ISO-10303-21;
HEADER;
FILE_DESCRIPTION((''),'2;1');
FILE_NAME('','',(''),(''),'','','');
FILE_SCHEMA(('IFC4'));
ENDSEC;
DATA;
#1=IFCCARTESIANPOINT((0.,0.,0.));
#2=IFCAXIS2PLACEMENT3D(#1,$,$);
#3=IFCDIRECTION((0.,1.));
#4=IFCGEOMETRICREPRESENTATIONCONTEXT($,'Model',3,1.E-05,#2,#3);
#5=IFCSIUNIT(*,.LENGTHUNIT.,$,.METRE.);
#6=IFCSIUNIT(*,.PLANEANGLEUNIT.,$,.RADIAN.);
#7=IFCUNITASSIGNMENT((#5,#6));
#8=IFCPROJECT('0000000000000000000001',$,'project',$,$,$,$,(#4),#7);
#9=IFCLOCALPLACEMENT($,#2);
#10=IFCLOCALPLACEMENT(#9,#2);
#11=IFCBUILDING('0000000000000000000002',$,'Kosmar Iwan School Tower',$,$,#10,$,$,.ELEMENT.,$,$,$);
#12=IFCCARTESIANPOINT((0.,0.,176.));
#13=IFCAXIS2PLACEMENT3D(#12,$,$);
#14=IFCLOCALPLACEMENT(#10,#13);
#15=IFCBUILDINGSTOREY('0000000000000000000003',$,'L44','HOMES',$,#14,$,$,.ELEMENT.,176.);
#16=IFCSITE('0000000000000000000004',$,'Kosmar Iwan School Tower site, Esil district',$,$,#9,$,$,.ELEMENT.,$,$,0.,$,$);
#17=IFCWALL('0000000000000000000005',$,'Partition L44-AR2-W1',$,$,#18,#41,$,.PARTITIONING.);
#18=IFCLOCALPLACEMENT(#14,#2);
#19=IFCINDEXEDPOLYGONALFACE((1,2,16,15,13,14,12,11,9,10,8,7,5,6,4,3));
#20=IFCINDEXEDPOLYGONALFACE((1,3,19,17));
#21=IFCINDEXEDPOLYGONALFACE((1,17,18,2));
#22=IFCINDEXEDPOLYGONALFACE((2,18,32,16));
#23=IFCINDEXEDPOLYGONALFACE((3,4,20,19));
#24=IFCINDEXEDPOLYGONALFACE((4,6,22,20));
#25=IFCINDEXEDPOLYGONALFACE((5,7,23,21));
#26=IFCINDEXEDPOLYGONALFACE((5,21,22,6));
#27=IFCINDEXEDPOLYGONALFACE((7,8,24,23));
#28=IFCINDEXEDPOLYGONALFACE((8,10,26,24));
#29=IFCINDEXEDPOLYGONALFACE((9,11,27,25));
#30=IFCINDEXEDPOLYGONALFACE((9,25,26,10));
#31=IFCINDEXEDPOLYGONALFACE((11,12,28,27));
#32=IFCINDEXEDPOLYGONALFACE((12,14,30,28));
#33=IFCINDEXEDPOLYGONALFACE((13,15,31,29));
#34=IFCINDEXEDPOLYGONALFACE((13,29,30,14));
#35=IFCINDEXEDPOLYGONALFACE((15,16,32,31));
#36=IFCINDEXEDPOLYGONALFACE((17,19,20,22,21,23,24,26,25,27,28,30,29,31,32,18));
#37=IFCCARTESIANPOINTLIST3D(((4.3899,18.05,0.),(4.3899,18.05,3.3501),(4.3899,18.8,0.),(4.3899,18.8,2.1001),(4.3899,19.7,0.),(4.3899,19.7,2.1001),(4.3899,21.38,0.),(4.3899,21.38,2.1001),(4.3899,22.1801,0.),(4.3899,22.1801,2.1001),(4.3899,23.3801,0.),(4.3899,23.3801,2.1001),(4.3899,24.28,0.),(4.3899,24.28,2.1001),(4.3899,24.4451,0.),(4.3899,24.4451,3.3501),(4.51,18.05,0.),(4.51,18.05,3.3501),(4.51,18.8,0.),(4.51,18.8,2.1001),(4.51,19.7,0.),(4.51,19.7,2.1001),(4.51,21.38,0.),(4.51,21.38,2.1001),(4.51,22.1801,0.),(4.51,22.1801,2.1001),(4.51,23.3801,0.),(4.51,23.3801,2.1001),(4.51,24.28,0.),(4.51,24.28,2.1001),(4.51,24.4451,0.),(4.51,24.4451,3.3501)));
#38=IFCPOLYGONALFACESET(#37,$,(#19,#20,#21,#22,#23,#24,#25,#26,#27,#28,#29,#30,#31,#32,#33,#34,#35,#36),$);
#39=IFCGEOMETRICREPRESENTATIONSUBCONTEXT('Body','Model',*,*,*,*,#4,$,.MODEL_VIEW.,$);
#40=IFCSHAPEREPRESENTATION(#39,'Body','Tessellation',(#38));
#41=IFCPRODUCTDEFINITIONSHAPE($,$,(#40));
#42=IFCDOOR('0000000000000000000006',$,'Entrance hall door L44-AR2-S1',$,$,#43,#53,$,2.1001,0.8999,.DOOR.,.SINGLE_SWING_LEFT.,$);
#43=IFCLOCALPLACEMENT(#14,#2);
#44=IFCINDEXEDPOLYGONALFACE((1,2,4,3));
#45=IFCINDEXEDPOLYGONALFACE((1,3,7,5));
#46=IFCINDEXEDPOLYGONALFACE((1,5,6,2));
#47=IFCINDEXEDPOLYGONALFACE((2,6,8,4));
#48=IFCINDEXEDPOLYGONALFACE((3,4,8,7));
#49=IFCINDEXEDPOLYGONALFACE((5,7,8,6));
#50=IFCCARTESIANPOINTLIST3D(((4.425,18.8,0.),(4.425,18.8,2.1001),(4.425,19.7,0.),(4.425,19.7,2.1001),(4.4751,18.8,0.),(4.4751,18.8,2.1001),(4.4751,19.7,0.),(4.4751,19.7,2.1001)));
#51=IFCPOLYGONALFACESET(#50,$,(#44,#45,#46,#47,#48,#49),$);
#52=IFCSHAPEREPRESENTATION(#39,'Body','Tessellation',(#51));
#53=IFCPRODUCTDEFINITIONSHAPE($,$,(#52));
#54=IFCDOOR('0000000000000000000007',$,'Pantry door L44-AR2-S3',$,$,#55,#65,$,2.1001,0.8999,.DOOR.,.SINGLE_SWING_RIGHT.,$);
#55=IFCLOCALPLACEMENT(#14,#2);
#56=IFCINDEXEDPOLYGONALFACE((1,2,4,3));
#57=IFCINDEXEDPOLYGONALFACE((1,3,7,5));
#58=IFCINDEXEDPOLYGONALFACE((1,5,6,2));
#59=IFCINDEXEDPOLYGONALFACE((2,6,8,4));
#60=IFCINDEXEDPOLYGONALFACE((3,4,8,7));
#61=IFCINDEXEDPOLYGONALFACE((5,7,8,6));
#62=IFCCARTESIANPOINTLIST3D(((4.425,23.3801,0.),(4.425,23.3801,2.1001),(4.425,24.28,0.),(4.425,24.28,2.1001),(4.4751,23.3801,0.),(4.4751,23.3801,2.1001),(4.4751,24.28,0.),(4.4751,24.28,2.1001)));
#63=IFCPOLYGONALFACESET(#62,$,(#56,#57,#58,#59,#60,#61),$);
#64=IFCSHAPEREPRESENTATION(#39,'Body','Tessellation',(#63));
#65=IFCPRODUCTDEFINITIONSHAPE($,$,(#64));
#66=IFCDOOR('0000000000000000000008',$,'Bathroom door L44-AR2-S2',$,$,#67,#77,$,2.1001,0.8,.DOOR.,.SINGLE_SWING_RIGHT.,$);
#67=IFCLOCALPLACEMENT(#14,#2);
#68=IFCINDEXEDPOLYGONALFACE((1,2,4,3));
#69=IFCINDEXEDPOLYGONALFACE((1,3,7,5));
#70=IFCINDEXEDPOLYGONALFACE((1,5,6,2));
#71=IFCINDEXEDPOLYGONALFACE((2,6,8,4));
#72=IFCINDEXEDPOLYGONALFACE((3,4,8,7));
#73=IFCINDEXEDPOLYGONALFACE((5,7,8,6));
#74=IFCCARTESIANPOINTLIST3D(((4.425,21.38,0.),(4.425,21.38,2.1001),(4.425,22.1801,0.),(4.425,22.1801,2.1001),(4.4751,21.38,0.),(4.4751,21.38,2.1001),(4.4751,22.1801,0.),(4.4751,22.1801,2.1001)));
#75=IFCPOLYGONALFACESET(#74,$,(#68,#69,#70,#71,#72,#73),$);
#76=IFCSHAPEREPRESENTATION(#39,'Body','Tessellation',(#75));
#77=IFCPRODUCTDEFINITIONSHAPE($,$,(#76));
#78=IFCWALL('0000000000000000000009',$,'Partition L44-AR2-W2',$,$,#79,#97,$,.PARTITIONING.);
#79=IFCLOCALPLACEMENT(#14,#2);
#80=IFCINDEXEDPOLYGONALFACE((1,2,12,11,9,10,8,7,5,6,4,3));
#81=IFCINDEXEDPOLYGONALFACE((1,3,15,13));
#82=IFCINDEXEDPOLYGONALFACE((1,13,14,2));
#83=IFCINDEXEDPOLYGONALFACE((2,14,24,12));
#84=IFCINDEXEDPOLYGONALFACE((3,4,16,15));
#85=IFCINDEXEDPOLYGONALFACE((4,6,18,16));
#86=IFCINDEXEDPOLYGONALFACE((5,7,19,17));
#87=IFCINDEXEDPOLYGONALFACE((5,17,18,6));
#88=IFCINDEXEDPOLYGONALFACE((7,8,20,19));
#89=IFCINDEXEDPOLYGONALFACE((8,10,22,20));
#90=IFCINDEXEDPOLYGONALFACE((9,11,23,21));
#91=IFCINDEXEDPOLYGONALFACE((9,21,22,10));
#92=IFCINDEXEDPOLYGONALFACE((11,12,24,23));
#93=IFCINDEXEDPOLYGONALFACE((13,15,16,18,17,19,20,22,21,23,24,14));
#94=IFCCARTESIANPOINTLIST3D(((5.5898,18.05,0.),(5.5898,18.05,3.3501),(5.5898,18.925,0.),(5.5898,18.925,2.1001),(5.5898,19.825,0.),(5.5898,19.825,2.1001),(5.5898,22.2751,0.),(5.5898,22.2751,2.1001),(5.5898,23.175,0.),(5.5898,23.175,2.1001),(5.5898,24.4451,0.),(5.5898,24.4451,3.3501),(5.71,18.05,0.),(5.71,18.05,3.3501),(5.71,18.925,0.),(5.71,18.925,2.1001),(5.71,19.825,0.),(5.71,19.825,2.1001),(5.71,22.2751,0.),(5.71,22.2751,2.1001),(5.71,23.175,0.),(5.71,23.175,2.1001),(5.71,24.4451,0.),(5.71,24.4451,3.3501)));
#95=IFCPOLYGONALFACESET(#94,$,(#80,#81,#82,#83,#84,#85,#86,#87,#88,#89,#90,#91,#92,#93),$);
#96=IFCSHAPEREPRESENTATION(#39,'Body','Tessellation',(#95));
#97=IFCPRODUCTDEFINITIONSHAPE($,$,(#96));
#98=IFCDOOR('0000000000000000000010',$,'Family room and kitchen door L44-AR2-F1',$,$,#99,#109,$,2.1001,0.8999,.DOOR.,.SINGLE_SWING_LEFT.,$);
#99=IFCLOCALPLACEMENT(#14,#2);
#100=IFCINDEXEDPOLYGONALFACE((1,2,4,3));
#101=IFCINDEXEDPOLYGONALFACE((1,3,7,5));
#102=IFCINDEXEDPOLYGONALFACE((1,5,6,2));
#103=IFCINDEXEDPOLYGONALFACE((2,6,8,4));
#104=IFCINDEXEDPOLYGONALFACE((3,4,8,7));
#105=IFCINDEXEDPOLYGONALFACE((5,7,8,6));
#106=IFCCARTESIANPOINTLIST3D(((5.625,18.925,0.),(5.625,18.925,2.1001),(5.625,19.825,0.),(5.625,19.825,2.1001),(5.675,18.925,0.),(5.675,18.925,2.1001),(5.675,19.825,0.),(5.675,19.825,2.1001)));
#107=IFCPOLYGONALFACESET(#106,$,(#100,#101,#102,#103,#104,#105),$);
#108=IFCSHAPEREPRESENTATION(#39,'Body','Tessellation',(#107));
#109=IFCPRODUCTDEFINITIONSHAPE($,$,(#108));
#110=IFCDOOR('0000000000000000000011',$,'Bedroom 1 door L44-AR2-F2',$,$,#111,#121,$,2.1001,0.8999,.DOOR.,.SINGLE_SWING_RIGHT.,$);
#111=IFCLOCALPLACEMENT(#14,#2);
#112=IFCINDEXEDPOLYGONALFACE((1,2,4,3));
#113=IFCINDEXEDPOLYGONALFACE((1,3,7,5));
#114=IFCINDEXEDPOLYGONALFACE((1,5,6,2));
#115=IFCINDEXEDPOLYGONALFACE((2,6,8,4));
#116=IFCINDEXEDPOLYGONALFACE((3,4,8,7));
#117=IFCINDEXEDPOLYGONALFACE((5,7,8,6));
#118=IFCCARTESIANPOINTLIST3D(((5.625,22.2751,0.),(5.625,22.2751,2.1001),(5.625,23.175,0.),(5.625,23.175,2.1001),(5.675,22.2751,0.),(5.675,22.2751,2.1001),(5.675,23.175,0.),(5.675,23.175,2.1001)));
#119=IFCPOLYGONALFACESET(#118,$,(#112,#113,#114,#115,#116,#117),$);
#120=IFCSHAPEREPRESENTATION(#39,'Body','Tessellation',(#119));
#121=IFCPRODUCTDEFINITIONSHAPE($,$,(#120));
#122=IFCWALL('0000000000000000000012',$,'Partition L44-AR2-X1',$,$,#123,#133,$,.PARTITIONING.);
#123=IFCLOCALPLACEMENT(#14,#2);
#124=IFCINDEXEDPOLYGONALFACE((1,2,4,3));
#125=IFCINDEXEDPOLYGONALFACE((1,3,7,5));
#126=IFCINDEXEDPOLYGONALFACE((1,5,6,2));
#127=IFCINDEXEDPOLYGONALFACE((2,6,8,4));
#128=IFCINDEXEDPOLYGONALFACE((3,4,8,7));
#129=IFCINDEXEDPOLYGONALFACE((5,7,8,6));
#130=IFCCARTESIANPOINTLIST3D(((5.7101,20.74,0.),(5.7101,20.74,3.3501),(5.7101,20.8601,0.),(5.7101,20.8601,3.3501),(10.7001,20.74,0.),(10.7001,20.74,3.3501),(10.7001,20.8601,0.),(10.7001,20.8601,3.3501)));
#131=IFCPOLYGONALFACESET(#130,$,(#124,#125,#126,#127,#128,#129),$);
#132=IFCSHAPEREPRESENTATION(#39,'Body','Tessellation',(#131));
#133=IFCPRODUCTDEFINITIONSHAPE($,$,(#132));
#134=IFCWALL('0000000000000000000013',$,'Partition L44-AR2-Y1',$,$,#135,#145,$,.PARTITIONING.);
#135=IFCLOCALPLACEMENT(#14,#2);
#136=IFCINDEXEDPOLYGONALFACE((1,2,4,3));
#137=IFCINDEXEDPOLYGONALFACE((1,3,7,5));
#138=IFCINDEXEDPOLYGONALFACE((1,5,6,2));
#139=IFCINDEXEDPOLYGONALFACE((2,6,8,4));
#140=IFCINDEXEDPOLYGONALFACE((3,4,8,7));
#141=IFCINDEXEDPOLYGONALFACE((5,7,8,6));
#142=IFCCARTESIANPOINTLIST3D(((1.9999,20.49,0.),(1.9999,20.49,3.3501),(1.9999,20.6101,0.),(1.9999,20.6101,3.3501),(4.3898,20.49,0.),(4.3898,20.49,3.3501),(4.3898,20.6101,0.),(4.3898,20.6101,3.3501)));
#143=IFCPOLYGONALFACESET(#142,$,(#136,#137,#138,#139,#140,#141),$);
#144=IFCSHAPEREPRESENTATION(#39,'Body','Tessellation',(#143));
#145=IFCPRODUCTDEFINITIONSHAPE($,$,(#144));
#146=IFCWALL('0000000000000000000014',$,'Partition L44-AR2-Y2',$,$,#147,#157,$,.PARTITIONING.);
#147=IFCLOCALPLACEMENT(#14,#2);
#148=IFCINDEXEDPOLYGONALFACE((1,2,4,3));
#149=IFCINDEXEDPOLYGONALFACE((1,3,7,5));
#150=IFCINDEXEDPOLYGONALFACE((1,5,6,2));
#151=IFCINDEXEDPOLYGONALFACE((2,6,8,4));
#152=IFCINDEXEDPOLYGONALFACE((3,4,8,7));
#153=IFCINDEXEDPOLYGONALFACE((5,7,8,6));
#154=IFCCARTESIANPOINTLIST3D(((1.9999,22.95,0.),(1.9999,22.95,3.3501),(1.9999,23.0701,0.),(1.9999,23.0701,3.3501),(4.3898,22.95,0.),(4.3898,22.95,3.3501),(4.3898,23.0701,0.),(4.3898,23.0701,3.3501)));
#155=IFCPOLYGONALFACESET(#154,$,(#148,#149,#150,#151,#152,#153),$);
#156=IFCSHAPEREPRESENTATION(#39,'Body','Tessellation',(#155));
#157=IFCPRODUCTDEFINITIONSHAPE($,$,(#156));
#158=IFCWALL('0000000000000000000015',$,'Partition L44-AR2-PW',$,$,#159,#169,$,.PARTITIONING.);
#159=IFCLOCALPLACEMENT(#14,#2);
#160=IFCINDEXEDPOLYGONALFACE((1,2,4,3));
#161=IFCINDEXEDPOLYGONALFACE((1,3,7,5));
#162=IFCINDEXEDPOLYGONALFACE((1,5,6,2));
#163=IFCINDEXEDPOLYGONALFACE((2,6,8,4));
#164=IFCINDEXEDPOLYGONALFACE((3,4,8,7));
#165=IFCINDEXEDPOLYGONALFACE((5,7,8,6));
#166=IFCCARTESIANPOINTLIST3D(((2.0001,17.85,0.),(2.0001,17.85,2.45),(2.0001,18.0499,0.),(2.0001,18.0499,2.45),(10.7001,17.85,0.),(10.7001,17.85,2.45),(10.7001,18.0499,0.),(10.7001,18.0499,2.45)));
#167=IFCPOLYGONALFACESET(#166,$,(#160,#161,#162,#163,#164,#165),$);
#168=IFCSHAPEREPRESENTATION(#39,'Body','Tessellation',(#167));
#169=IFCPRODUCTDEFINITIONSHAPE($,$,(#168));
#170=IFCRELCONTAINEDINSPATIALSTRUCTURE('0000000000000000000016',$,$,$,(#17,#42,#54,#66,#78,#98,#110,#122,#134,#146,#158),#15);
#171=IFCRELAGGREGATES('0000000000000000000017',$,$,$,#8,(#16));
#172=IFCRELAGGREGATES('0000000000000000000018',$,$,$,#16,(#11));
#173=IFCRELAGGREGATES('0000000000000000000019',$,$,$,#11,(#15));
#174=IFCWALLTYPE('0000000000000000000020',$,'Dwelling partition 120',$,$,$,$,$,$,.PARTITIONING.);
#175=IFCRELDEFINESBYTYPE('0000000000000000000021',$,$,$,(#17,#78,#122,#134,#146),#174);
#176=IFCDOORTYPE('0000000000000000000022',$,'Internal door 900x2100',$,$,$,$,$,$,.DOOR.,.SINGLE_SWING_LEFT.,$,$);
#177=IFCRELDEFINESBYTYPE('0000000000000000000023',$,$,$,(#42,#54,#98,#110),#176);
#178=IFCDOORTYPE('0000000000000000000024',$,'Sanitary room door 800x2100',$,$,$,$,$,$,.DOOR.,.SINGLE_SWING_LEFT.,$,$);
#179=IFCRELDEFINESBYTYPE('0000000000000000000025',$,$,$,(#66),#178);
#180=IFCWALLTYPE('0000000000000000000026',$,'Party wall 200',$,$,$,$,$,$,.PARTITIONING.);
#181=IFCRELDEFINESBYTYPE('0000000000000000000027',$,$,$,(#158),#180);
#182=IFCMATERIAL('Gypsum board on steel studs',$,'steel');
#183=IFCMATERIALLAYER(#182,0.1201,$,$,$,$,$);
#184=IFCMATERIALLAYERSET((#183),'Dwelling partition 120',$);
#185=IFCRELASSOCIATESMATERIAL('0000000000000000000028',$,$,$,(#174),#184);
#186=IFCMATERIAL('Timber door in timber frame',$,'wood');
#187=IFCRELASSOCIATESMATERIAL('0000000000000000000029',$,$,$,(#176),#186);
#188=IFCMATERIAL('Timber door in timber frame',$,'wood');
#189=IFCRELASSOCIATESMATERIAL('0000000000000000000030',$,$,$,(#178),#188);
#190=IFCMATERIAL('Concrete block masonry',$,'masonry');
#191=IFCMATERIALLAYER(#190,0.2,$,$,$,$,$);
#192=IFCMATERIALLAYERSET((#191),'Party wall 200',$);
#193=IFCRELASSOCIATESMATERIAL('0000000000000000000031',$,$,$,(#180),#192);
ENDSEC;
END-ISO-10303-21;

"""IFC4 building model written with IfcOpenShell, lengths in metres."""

from ifc_helpers import new_model, si_unit, direction, frame, frame_2d, origin, place, context, subcontext, project, spatial, rectangle, extrude, material, layer, layer_set, type_object, element, fill, save


model = new_model("IFC4")

# Units and contexts
model_context = context("Model", 3, precision=1e-05, world=origin(), true_north=direction((0.0, 1.0)))
body_context = subcontext(model_context, "Body", "Model", "MODEL_VIEW")
ifc_project = project(units=[si_unit("LENGTHUNIT", "METRE"), si_unit("PLANEANGLEUNIT", "RADIAN")], contexts=[model_context])

# Site, building, storey
site_placement = place(None, origin())
site = spatial("IfcSite", under=ifc_project, at=site_placement, Name="Kosmar Iwan School Tower site, Esil district", CompositionType="ELEMENT", RefElevation=0.0)
building_placement = place(site_placement, origin())
building = spatial("IfcBuilding", under=site, at=building_placement, Name="Kosmar Iwan School Tower", CompositionType="ELEMENT")
storey_placement = place(building_placement, frame((0.0, 0.0, 176.0)))
storey = spatial("IfcBuildingStorey", under=building, at=storey_placement, Name="L44", Description="HOMES", CompositionType="ELEMENT", Elevation=176.0)

# Shared definitions
ifc_material_1 = material(Name="Gypsum board on steel studs", Category="steel")
ifc_layer_1 = layer(ifc_material_1, 0.1201)
ifc_layer_set_1 = layer_set([ifc_layer_1], Name="Dwelling partition 120")
wall_type_1 = type_object("IfcWallType", Name="Dwelling partition 120", PredefinedType="PARTITIONING", material=ifc_layer_set_1)

# Walls, openings, doors
wall_1_placement = place(storey_placement, frame((4.45, 18.05, 0.0), z_axis=(0.0, 0.0, 1.0), x_axis=(0.0, 1.0, 0.0)))
wall_1 = element("IfcWall", 1, at=wall_1_placement, inside=storey, type_object=wall_type_1, Name="Partition L44-AR2-W1", PredefinedType="PARTITIONING", context=body_context, shape_type="SweptSolid", body=[
    extrude(rectangle(XDim=6.395, YDim=0.1201, at=frame_2d((3.1975, 0.0))), origin(), (0.0, 0.0, 1.0), 3.3501),
])
opening_1_placement = place(wall_1_placement, frame((0.75, 0.0, 0.0)))
opening_1 = element("IfcOpeningElement", 2, at=opening_1_placement, cuts=wall_1, PredefinedType="OPENING", context=body_context, shape_type="SweptSolid", body=[
    extrude(rectangle(XDim=0.8999, YDim=2.1001, at=frame_2d((0.45, 1.05))), frame((0.0, 0.072, 0.0), z_axis=(0.0, -1.0, 0.0), x_axis=(1.0, 0.0, 0.0)), (0.0, 0.0, 1.0), 0.144),
])
opening_2_placement = place(wall_1_placement, frame((3.3301, 0.0, 0.0)))
opening_2 = element("IfcOpeningElement", 3, at=opening_2_placement, cuts=wall_1, PredefinedType="OPENING", context=body_context, shape_type="SweptSolid", body=[
    extrude(rectangle(XDim=0.8, YDim=2.1001, at=frame_2d((0.3999, 1.05))), frame((0.0, 0.072, 0.0), z_axis=(0.0, -1.0, 0.0), x_axis=(1.0, 0.0, 0.0)), (0.0, 0.0, 1.0), 0.144),
])
opening_3_placement = place(wall_1_placement, frame((5.3301, 0.0, 0.0)))
opening_3 = element("IfcOpeningElement", 4, at=opening_3_placement, cuts=wall_1, PredefinedType="OPENING", context=body_context, shape_type="SweptSolid", body=[
    extrude(rectangle(XDim=0.8999, YDim=2.1001, at=frame_2d((0.45, 1.05))), frame((0.0, 0.072, 0.0), z_axis=(0.0, -1.0, 0.0), x_axis=(1.0, 0.0, 0.0)), (0.0, 0.0, 1.0), 0.144),
])
ifc_material_2 = material(Name="Timber door in timber frame", Category="wood")
door_type_1 = type_object("IfcDoorType", Name="Internal door 900x2100", OperationType="SINGLE_SWING_LEFT", PredefinedType="DOOR", material=ifc_material_2)
door_1_placement = place(opening_1_placement, origin())
door_1 = element("IfcDoor", 5, at=door_1_placement, inside=storey, type_object=door_type_1, Name="Entrance hall door L44-AR2-S1", OperationType="SINGLE_SWING_LEFT", OverallHeight=2.1001, OverallWidth=0.8999, PredefinedType="DOOR", context=body_context, shape_type="SweptSolid", body=[
    extrude(rectangle(XDim=0.8999, YDim=2.1001, at=frame_2d((0.45, 1.05))), frame((0.0, 0.0249, 0.0), z_axis=(0.0, -1.0, 0.0), x_axis=(1.0, 0.0, 0.0)), (0.0, 0.0, 1.0), 0.05),
])
fill(opening_1, door_1)
door_2_placement = place(opening_3_placement, origin())
door_2 = element("IfcDoor", 6, at=door_2_placement, inside=storey, type_object=door_type_1, Name="Pantry door L44-AR2-S3", OperationType="SINGLE_SWING_RIGHT", OverallHeight=2.1001, OverallWidth=0.8999, PredefinedType="DOOR", context=body_context, shape_type="SweptSolid", body=[
    extrude(rectangle(XDim=0.8999, YDim=2.1001, at=frame_2d((0.45, 1.05))), frame((0.0, 0.0249, 0.0), z_axis=(0.0, -1.0, 0.0), x_axis=(1.0, 0.0, 0.0)), (0.0, 0.0, 1.0), 0.05),
])
fill(opening_3, door_2)
ifc_material_3 = material(Name="Timber door in timber frame", Category="wood")
door_type_2 = type_object("IfcDoorType", Name="Sanitary room door 800x2100", OperationType="SINGLE_SWING_LEFT", PredefinedType="DOOR", material=ifc_material_3)
door_3_placement = place(opening_2_placement, origin())
door_3 = element("IfcDoor", 7, at=door_3_placement, inside=storey, type_object=door_type_2, Name="Bathroom door L44-AR2-S2", OperationType="SINGLE_SWING_RIGHT", OverallHeight=2.1001, OverallWidth=0.8, PredefinedType="DOOR", context=body_context, shape_type="SweptSolid", body=[
    extrude(rectangle(XDim=0.8, YDim=2.1001, at=frame_2d((0.3999, 1.05))), frame((0.0, 0.0249, 0.0), z_axis=(0.0, -1.0, 0.0), x_axis=(1.0, 0.0, 0.0)), (0.0, 0.0, 1.0), 0.05),
])
fill(opening_2, door_3)
wall_2_placement = place(storey_placement, frame((5.6499, 18.05, 0.0), z_axis=(0.0, 0.0, 1.0), x_axis=(0.0, 1.0, 0.0)))
wall_2 = element("IfcWall", 8, at=wall_2_placement, inside=storey, type_object=wall_type_1, Name="Partition L44-AR2-W2", PredefinedType="PARTITIONING", context=body_context, shape_type="SweptSolid", body=[
    extrude(rectangle(XDim=6.395, YDim=0.1201, at=frame_2d((3.1975, 0.0))), origin(), (0.0, 0.0, 1.0), 3.3501),
])
opening_4_placement = place(wall_2_placement, frame((0.875, 0.0, 0.0)))
opening_4 = element("IfcOpeningElement", 9, at=opening_4_placement, cuts=wall_2, PredefinedType="OPENING", context=body_context, shape_type="SweptSolid", body=[
    extrude(rectangle(XDim=0.8999, YDim=2.1001, at=frame_2d((0.45, 1.05))), frame((0.0, 0.072, 0.0), z_axis=(0.0, -1.0, 0.0), x_axis=(1.0, 0.0, 0.0)), (0.0, 0.0, 1.0), 0.144),
])
opening_5_placement = place(wall_2_placement, frame((4.2251, 0.0, 0.0)))
opening_5 = element("IfcOpeningElement", 10, at=opening_5_placement, cuts=wall_2, PredefinedType="OPENING", context=body_context, shape_type="SweptSolid", body=[
    extrude(rectangle(XDim=0.8999, YDim=2.1001, at=frame_2d((0.45, 1.05))), frame((0.0, 0.072, 0.0), z_axis=(0.0, -1.0, 0.0), x_axis=(1.0, 0.0, 0.0)), (0.0, 0.0, 1.0), 0.144),
])
door_4_placement = place(opening_4_placement, origin())
door_4 = element("IfcDoor", 11, at=door_4_placement, inside=storey, type_object=door_type_1, Name="Family room and kitchen door L44-AR2-F1", OperationType="SINGLE_SWING_LEFT", OverallHeight=2.1001, OverallWidth=0.8999, PredefinedType="DOOR", context=body_context, shape_type="SweptSolid", body=[
    extrude(rectangle(XDim=0.8999, YDim=2.1001, at=frame_2d((0.45, 1.05))), frame((0.0, 0.0249, 0.0), z_axis=(0.0, -1.0, 0.0), x_axis=(1.0, 0.0, 0.0)), (0.0, 0.0, 1.0), 0.05),
])
fill(opening_4, door_4)
door_5_placement = place(opening_5_placement, origin())
door_5 = element("IfcDoor", 12, at=door_5_placement, inside=storey, type_object=door_type_1, Name="Bedroom 1 door L44-AR2-F2", OperationType="SINGLE_SWING_RIGHT", OverallHeight=2.1001, OverallWidth=0.8999, PredefinedType="DOOR", context=body_context, shape_type="SweptSolid", body=[
    extrude(rectangle(XDim=0.8999, YDim=2.1001, at=frame_2d((0.45, 1.05))), frame((0.0, 0.0249, 0.0), z_axis=(0.0, -1.0, 0.0), x_axis=(1.0, 0.0, 0.0)), (0.0, 0.0, 1.0), 0.05),
])
fill(opening_5, door_5)

# Walls
wall_3_placement = place(storey_placement, frame((5.71, 20.8, 0.0), z_axis=(0.0, 0.0, 1.0), x_axis=(1.0, 0.0, 0.0)))
element("IfcWall", 13, at=wall_3_placement, inside=storey, type_object=wall_type_1, Name="Partition L44-AR2-X1", PredefinedType="PARTITIONING", context=body_context, shape_type="SweptSolid", body=[
    extrude(rectangle(XDim=4.99, YDim=0.1201, at=frame_2d((2.4951, 0.0))), origin(), (0.0, 0.0, 1.0), 3.3501),
])
for number, where, z_axis, x_axis, name in (
    (14, (2.0, 20.55, 0.0), (0.0, 0.0, 1.0), (1.0, 0.0, 0.0), "Partition L44-AR2-Y1"),
    (15, (2.0, 23.01, 0.0), (0.0, 0.0, 1.0), (1.0, 0.0, 0.0), "Partition L44-AR2-Y2"),
):
    element("IfcWall", number, at=place(storey_placement, frame(where, z_axis=z_axis, x_axis=x_axis)), inside=storey, type_object=wall_type_1, Name=name, PredefinedType="PARTITIONING", context=body_context, shape_type="SweptSolid", body=[
        extrude(rectangle(XDim=2.3899, YDim=0.1201, at=frame_2d((1.1948, 0.0))), origin(), (0.0, 0.0, 1.0), 3.3501),
    ])
ifc_material_4 = material(Name="Concrete block masonry", Category="masonry")
ifc_layer_2 = layer(ifc_material_4, 0.2)
ifc_layer_set_2 = layer_set([ifc_layer_2], Name="Party wall 200")
wall_type_2 = type_object("IfcWallType", Name="Party wall 200", PredefinedType="PARTITIONING", material=ifc_layer_set_2)
wall_4_placement = place(storey_placement, frame((2.0, 17.95, 0.0), z_axis=(0.0, 0.0, 1.0), x_axis=(1.0, 0.0, 0.0)))
element("IfcWall", 16, at=wall_4_placement, inside=storey, type_object=wall_type_2, Name="Partition L44-AR2-PW", PredefinedType="PARTITIONING", context=body_context, shape_type="SweptSolid", body=[
    extrude(rectangle(XDim=8.7, YDim=0.2, at=frame_2d((4.3501, 0.0))), origin(), (0.0, 0.0, 1.0), 2.45),
])

save(model, "model.ifc")
